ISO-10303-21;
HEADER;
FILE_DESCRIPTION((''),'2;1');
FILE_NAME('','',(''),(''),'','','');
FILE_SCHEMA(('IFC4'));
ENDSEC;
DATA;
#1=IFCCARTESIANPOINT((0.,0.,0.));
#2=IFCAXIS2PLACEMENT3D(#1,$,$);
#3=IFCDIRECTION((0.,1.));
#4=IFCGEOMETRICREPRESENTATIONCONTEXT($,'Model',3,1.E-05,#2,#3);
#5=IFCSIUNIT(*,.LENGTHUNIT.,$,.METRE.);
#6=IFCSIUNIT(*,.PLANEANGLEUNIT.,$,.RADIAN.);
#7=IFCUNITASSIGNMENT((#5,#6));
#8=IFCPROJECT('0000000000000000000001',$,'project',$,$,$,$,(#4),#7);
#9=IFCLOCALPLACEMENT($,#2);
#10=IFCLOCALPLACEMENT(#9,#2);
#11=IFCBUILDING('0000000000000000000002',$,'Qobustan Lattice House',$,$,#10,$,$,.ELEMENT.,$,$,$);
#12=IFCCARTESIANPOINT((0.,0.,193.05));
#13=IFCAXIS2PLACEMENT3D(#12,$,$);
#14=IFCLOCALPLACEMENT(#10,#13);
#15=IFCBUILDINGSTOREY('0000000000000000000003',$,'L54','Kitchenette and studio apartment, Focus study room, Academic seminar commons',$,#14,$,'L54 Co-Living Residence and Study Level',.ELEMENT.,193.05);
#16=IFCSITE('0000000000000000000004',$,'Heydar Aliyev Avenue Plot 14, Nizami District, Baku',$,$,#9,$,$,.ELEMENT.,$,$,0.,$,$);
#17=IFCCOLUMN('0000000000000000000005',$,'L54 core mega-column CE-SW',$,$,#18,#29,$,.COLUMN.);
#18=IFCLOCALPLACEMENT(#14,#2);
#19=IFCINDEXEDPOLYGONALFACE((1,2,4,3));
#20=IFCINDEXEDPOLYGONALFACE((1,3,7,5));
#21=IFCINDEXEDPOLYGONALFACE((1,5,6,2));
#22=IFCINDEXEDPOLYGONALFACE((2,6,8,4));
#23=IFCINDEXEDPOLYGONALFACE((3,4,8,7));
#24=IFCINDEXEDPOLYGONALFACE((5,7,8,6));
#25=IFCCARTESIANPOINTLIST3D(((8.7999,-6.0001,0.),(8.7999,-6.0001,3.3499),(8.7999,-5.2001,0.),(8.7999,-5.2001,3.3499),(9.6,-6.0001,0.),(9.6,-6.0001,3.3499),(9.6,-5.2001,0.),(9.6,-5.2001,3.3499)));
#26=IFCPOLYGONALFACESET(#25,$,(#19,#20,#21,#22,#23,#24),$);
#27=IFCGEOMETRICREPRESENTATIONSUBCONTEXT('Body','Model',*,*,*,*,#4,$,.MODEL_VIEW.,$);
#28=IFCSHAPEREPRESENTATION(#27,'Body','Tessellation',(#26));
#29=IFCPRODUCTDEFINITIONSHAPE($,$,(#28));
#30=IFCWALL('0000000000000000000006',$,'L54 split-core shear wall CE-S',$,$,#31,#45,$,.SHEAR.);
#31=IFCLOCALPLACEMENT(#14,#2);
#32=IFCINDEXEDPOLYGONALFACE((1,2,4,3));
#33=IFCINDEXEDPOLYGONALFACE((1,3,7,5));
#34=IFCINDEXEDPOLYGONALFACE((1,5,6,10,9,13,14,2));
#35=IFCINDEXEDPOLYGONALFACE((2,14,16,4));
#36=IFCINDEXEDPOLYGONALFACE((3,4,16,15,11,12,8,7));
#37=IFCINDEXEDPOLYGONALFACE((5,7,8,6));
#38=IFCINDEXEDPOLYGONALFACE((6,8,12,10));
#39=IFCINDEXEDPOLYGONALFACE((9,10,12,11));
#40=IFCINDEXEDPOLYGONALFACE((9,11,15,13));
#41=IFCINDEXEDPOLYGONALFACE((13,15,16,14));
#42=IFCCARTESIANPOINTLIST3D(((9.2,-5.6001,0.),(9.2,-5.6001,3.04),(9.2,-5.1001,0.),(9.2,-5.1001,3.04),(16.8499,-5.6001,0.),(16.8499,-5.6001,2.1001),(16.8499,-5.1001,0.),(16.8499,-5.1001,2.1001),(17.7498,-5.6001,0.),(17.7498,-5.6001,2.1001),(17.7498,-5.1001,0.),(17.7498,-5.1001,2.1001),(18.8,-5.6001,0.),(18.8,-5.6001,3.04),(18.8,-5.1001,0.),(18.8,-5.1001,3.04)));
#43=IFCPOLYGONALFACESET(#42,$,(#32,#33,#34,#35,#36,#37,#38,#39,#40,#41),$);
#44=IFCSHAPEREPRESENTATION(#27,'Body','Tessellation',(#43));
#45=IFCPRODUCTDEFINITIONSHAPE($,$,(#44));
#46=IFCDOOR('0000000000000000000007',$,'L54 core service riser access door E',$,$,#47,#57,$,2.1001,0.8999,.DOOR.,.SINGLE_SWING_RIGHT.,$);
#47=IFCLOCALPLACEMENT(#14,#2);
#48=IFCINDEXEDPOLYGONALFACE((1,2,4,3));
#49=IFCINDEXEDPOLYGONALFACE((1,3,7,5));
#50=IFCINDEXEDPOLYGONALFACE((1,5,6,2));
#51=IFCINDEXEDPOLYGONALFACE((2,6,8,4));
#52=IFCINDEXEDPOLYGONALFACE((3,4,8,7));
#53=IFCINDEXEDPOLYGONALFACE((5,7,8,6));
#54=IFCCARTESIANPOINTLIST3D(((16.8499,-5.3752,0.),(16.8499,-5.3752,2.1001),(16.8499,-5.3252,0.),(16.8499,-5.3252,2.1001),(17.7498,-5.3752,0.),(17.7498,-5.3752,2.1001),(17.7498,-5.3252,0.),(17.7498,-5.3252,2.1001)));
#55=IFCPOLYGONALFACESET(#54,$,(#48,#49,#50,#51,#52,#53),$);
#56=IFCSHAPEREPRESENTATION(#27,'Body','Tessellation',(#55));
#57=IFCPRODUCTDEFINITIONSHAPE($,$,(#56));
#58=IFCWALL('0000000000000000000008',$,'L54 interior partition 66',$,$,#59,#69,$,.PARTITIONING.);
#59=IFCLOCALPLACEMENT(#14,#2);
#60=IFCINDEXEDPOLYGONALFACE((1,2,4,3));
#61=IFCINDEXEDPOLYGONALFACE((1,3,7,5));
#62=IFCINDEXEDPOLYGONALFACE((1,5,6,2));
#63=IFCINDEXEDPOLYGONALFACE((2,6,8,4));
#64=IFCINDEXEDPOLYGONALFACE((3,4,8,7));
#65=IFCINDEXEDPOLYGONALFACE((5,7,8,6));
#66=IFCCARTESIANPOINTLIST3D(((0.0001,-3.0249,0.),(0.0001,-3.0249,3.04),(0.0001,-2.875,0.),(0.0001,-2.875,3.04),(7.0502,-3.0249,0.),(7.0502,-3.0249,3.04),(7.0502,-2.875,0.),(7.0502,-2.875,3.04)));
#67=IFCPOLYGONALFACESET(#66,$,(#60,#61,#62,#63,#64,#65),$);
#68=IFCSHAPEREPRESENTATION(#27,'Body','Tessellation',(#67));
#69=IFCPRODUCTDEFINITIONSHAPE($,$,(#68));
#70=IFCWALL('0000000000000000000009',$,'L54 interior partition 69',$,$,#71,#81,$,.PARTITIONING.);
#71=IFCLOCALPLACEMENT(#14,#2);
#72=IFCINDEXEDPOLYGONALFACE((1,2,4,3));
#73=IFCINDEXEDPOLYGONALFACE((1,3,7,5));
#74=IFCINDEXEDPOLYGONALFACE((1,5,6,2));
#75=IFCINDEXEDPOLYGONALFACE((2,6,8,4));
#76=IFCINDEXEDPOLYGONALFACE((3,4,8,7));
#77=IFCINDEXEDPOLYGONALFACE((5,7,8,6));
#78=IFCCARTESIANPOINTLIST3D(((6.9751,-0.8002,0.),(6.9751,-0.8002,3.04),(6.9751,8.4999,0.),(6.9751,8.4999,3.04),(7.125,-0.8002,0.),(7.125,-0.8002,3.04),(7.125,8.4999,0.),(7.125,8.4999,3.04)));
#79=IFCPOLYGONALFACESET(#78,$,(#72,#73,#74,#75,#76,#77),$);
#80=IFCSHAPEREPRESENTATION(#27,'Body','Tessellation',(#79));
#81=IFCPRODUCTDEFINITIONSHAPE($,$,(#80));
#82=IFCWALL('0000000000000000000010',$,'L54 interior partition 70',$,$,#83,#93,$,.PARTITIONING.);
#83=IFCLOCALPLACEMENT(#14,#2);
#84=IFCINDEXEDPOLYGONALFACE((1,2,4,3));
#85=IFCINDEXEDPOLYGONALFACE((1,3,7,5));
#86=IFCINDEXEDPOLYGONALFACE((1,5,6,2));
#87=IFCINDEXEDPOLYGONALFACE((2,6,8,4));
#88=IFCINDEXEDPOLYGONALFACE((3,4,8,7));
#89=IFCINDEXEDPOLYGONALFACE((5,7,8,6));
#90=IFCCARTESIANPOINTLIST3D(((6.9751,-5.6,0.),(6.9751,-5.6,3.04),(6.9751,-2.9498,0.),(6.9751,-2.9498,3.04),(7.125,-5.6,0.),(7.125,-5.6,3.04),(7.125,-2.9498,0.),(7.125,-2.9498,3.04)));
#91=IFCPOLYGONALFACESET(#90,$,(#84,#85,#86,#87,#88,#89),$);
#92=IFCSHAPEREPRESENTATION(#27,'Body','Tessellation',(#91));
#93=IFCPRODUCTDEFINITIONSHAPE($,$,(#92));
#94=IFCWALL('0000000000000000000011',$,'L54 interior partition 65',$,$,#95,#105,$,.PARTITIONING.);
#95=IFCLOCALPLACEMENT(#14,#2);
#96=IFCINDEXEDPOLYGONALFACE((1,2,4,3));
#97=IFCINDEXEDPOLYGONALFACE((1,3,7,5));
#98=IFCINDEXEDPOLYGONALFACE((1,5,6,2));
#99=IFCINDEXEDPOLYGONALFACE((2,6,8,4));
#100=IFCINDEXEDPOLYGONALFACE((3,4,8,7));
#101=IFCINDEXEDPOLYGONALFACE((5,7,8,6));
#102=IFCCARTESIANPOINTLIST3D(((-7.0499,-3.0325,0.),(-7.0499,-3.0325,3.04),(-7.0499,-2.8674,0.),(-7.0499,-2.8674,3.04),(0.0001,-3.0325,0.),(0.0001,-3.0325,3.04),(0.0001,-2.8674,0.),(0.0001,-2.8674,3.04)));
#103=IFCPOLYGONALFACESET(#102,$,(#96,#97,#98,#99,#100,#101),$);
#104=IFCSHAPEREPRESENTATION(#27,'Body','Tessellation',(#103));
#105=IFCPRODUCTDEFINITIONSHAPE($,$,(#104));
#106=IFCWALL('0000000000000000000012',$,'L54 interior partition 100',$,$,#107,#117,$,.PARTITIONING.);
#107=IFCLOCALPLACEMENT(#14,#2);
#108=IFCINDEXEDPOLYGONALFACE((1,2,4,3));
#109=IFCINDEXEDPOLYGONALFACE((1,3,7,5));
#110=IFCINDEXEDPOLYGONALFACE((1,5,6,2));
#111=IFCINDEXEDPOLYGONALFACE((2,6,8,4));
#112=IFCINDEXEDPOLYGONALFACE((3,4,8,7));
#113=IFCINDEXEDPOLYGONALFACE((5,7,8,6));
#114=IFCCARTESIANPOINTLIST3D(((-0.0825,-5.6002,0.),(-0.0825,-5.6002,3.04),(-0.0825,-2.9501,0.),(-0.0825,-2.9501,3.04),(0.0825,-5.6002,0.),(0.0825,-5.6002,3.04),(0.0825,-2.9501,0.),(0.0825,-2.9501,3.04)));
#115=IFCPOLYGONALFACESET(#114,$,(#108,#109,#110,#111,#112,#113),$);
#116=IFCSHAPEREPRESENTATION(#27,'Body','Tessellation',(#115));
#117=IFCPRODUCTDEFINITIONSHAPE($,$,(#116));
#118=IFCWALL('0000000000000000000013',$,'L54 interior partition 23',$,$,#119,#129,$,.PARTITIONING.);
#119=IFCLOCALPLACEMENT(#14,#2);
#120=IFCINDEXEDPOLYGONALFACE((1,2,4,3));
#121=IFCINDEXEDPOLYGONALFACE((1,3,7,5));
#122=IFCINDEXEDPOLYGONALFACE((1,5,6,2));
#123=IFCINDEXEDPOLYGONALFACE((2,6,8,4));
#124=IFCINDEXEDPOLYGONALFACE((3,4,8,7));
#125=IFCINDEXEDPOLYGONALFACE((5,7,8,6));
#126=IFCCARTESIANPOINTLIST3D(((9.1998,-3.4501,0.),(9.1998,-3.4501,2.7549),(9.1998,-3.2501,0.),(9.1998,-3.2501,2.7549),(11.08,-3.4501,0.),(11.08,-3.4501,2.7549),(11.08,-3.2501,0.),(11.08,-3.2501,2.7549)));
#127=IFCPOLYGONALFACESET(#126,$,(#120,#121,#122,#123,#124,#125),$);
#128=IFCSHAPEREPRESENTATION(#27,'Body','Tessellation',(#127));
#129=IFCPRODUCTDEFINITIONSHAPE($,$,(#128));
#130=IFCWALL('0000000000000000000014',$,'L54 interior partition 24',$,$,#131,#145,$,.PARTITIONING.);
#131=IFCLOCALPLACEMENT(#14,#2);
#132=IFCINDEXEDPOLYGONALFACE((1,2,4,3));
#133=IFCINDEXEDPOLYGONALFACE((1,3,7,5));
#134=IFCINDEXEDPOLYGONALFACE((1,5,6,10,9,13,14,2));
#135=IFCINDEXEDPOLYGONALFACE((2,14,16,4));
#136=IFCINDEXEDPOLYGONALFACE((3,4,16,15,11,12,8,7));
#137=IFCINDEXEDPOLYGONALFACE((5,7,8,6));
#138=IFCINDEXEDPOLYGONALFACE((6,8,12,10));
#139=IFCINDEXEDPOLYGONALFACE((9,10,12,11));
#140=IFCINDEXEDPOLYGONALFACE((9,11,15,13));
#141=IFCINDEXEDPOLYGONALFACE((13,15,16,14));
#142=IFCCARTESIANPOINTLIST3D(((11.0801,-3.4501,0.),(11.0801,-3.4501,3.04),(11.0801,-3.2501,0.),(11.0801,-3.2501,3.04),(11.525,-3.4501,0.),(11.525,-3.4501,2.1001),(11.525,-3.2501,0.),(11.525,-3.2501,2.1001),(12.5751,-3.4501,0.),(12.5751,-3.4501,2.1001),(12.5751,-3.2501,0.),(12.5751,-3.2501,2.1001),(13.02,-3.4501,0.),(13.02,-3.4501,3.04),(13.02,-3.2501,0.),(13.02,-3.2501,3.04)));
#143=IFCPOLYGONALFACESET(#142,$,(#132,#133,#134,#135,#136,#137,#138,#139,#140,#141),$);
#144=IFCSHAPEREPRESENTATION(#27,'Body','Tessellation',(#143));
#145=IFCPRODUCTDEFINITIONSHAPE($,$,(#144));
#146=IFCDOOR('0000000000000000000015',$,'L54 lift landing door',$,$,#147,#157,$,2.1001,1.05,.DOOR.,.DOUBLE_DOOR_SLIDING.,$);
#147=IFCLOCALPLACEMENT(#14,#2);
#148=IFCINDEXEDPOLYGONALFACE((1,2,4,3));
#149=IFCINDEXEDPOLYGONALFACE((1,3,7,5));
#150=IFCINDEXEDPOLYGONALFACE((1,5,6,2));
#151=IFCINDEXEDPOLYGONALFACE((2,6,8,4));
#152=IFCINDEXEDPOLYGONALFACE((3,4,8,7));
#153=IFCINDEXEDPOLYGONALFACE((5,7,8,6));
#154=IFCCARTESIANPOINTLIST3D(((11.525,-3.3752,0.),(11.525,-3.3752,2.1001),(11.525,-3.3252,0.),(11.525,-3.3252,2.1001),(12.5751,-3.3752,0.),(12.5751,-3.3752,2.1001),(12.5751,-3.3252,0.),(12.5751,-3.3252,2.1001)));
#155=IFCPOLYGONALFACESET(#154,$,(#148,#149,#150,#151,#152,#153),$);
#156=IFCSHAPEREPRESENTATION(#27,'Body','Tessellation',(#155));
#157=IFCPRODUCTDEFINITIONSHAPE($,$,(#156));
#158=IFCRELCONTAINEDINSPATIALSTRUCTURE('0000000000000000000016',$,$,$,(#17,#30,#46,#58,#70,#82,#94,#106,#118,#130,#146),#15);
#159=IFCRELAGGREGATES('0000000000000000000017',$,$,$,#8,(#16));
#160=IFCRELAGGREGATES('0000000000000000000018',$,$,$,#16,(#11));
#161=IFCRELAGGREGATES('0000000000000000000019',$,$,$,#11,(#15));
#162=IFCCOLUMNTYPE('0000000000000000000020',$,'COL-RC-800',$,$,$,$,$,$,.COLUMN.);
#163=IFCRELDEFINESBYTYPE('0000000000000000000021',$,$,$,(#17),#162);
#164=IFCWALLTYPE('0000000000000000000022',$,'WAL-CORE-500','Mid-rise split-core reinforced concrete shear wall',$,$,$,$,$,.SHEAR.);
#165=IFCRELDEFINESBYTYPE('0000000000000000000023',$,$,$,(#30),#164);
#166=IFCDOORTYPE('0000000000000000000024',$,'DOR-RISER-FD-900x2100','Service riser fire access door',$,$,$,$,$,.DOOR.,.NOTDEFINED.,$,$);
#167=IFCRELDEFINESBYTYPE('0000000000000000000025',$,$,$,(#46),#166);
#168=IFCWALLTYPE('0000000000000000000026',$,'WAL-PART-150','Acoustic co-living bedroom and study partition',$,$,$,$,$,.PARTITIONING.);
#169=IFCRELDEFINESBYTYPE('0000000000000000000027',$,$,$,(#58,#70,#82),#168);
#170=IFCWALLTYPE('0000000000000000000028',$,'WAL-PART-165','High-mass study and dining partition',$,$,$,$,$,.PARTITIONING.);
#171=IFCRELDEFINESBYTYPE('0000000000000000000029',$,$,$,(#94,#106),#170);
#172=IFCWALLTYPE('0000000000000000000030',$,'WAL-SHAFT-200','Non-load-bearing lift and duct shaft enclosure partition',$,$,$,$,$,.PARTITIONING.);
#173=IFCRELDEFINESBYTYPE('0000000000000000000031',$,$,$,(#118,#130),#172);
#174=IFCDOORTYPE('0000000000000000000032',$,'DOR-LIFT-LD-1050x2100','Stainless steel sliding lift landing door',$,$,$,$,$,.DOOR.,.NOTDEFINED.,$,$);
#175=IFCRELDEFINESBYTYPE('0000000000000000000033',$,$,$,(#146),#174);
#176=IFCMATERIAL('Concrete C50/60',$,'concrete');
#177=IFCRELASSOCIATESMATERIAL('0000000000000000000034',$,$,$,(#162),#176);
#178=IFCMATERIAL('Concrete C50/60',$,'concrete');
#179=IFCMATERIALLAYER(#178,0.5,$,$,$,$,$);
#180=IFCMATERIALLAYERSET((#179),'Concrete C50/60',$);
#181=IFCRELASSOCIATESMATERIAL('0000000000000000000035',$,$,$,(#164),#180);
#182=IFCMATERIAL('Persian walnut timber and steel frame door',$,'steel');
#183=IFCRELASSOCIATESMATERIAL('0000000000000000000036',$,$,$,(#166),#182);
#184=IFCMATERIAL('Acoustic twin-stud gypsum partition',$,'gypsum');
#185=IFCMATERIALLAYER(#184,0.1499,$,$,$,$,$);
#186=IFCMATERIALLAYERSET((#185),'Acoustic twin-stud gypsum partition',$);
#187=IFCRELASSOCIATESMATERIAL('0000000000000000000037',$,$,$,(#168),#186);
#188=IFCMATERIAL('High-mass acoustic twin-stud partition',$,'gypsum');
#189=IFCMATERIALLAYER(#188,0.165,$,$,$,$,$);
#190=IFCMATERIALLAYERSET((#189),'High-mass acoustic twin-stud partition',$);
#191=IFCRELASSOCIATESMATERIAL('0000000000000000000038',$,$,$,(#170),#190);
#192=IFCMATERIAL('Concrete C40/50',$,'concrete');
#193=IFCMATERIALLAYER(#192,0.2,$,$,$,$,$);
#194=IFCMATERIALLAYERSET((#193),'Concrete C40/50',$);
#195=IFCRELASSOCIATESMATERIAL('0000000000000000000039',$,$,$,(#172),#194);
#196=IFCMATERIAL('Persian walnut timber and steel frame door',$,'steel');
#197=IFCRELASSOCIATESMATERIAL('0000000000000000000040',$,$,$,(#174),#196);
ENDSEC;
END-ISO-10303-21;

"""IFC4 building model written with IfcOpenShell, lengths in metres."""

from ifc_helpers import new_model, si_unit, direction, frame, frame_2d, origin, origin_2d, place, context, subcontext, project, spatial, rectangle, extrude, material, layer, layer_set, material_profile, profile_set, type_object, element, fill, save


model = new_model("IFC4")

# Units and contexts
model_context = context("Model", 3, precision=1e-05, world=origin(), true_north=direction((0.0, 1.0)))
body_context = subcontext(model_context, "Body", "Model", "MODEL_VIEW")
ifc_project = project(units=[si_unit("LENGTHUNIT", "METRE"), si_unit("PLANEANGLEUNIT", "RADIAN")], contexts=[model_context])

# Site, building, storey
site_placement = place(None, origin())
site = spatial("IfcSite", under=ifc_project, at=site_placement, Name="Heydar Aliyev Avenue Plot 14, Nizami District, Baku", CompositionType="ELEMENT", RefElevation=0.0)
building_placement = place(site_placement, origin())
building = spatial("IfcBuilding", under=site, at=building_placement, Name="Qobustan Lattice House", CompositionType="ELEMENT")
storey_placement = place(building_placement, frame((0.0, 0.0, 193.05)))
storey = spatial("IfcBuildingStorey", under=building, at=storey_placement, Name="L54", Description="Kitchenette and studio apartment, Focus study room, Academic seminar commons", LongName="L54 Co-Living Residence and Study Level", CompositionType="ELEMENT", Elevation=193.05)

# Column
ifc_material_1 = material(Name="Concrete C50/60", Category="concrete")
ifc_material_profile = material_profile(ifc_material_1, rectangle(XDim=0.8, YDim=0.8, at=origin_2d()), Name="RC800x800")
ifc_profile_set = profile_set([ifc_material_profile], Name="Concrete C50/60")
column_type = type_object("IfcColumnType", Name="COL-RC-800", PredefinedType="COLUMN", material=ifc_profile_set)
column_placement = place(storey_placement, frame((9.2, -5.6001, 0.0), z_axis=(0.0, 0.0, 1.0), x_axis=(1.0, 0.0, 0.0)))
element("IfcColumn", 1, at=column_placement, inside=storey, type_object=column_type, Name="L54 core mega-column CE-SW", PredefinedType="COLUMN", context=body_context, shape_type="SweptSolid", body=[
    extrude(rectangle(XDim=0.8, YDim=0.8, at=origin_2d()), origin(), (0.0, 0.0, 1.0), 3.3499),
])

# Wall, opening, door
ifc_material_2 = material(Name="Concrete C50/60", Category="concrete")
ifc_layer_1 = layer(ifc_material_2, 0.5)
ifc_layer_set_1 = layer_set([ifc_layer_1], Name="Concrete C50/60")
wall_type_1 = type_object("IfcWallType", Name="WAL-CORE-500", Description="Mid-rise split-core reinforced concrete shear wall", PredefinedType="SHEAR", material=ifc_layer_set_1)
wall_1_placement = place(storey_placement, frame((9.2, -5.3501, 0.0), z_axis=(0.0, 0.0, 1.0), x_axis=(1.0, 0.0, 0.0)))
wall_1 = element("IfcWall", 2, at=wall_1_placement, inside=storey, type_object=wall_type_1, Name="L54 split-core shear wall CE-S", PredefinedType="SHEAR", context=body_context, shape_type="SweptSolid", body=[
    extrude(rectangle(XDim=9.6001, YDim=0.5, at=frame_2d((4.8, 0.0))), origin(), (0.0, 0.0, 1.0), 3.04),
])
opening_1_placement = place(wall_1_placement, frame((7.6499, 0.0, 0.0)))
opening_1 = element("IfcOpeningElement", 3, at=opening_1_placement, cuts=wall_1, PredefinedType="OPENING", context=body_context, shape_type="SweptSolid", body=[
    extrude(rectangle(XDim=0.8999, YDim=2.1001, at=frame_2d((0.45, 1.05))), frame((0.0, 0.26, 0.0), z_axis=(0.0, -1.0, 0.0), x_axis=(1.0, 0.0, 0.0)), (0.0, 0.0, 1.0), 0.52),
])
ifc_material_3 = material(Name="Persian walnut timber and steel frame door", Category="steel")
door_type_1 = type_object("IfcDoorType", Name="DOR-RISER-FD-900x2100", Description="Service riser fire access door", OperationType="NOTDEFINED", PredefinedType="DOOR", material=ifc_material_3)
door_1_placement = place(opening_1_placement, origin())
door_1 = element("IfcDoor", 4, at=door_1_placement, inside=storey, type_object=door_type_1, Name="L54 core service riser access door E", OperationType="SINGLE_SWING_RIGHT", OverallHeight=2.1001, OverallWidth=0.8999, PredefinedType="DOOR", context=body_context, shape_type="SweptSolid", body=[
    extrude(rectangle(XDim=0.8999, YDim=2.1001, at=frame_2d((0.45, 1.05))), frame((0.0, 0.0249, 0.0), z_axis=(0.0, -1.0, 0.0), x_axis=(1.0, 0.0, 0.0)), (0.0, 0.0, 1.0), 0.05),
])
fill(opening_1, door_1)

# Walls
ifc_material_4 = material(Name="Acoustic twin-stud gypsum partition", Category="gypsum")
ifc_layer_2 = layer(ifc_material_4, 0.1499)
ifc_layer_set_2 = layer_set([ifc_layer_2], Name="Acoustic twin-stud gypsum partition")
wall_type_2 = type_object("IfcWallType", Name="WAL-PART-150", Description="Acoustic co-living bedroom and study partition", PredefinedType="PARTITIONING", material=ifc_layer_set_2)
wall_2_placement = place(storey_placement, frame((7.05, -2.95, 0.0), z_axis=(0.0, 0.0, 1.0), x_axis=(-1.0, 0.0, 0.0)))
element("IfcWall", 5, at=wall_2_placement, inside=storey, type_object=wall_type_2, Name="L54 interior partition 66", PredefinedType="PARTITIONING", context=body_context, shape_type="SweptSolid", body=[
    extrude(rectangle(XDim=7.05, YDim=0.1499, at=frame_2d((3.5249, 0.0))), origin(), (0.0, 0.0, 1.0), 3.04),
])
wall_3_placement = place(storey_placement, frame((7.05, -0.8, 0.0), z_axis=(0.0, 0.0, 1.0), x_axis=(0.0, 1.0, 0.0)))
element("IfcWall", 6, at=wall_3_placement, inside=storey, type_object=wall_type_2, Name="L54 interior partition 69", PredefinedType="PARTITIONING", context=body_context, shape_type="SweptSolid", body=[
    extrude(rectangle(XDim=9.3, YDim=0.1499, at=frame_2d((4.6499, 0.0))), origin(), (0.0, 0.0, 1.0), 3.04),
])
wall_4_placement = place(storey_placement, frame((7.05, -5.6001, 0.0), z_axis=(0.0, 0.0, 1.0), x_axis=(0.0, 1.0, 0.0)))
element("IfcWall", 7, at=wall_4_placement, inside=storey, type_object=wall_type_2, Name="L54 interior partition 70", PredefinedType="PARTITIONING", context=body_context, shape_type="SweptSolid", body=[
    extrude(rectangle(XDim=2.6501, YDim=0.1499, at=frame_2d((1.3252, 0.0))), origin(), (0.0, 0.0, 1.0), 3.04),
])
ifc_material_5 = material(Name="High-mass acoustic twin-stud partition", Category="gypsum")
ifc_layer_3 = layer(ifc_material_5, 0.165)
ifc_layer_set_3 = layer_set([ifc_layer_3], Name="High-mass acoustic twin-stud partition")
wall_type_3 = type_object("IfcWallType", Name="WAL-PART-165", Description="High-mass study and dining partition", PredefinedType="PARTITIONING", material=ifc_layer_set_3)
wall_5_placement = place(storey_placement, frame((0.0, -2.95, 0.0), z_axis=(0.0, 0.0, 1.0), x_axis=(-1.0, 0.0, 0.0)))
element("IfcWall", 8, at=wall_5_placement, inside=storey, type_object=wall_type_3, Name="L54 interior partition 65", PredefinedType="PARTITIONING", context=body_context, shape_type="SweptSolid", body=[
    extrude(rectangle(XDim=7.05, YDim=0.165, at=frame_2d((3.5249, 0.0))), origin(), (0.0, 0.0, 1.0), 3.04),
])
wall_6_placement = place(storey_placement, frame((0.0, -2.95, 0.0), z_axis=(0.0, 0.0, 1.0), x_axis=(0.0, -1.0, 0.0)))
element("IfcWall", 9, at=wall_6_placement, inside=storey, type_object=wall_type_3, Name="L54 interior partition 100", PredefinedType="PARTITIONING", context=body_context, shape_type="SweptSolid", body=[
    extrude(rectangle(XDim=2.6501, YDim=0.165, at=frame_2d((1.3252, 0.0))), origin(), (0.0, 0.0, 1.0), 3.04),
])
ifc_material_6 = material(Name="Concrete C40/50", Category="concrete")
ifc_layer_4 = layer(ifc_material_6, 0.2)
ifc_layer_set_4 = layer_set([ifc_layer_4], Name="Concrete C40/50")
wall_type_4 = type_object("IfcWallType", Name="WAL-SHAFT-200", Description="Non-load-bearing lift and duct shaft enclosure partition", PredefinedType="PARTITIONING", material=ifc_layer_set_4)
wall_7_placement = place(storey_placement, frame((9.2, -3.3501, 0.0), z_axis=(0.0, 0.0, 1.0), x_axis=(1.0, 0.0, 0.0)))
element("IfcWall", 10, at=wall_7_placement, inside=storey, type_object=wall_type_4, Name="L54 interior partition 23", PredefinedType="PARTITIONING", context=body_context, shape_type="SweptSolid", body=[
    extrude(rectangle(XDim=1.8801, YDim=0.2, at=frame_2d((0.9399, 0.0))), origin(), (0.0, 0.0, 1.0), 2.7549),
])

# Wall, opening, door
wall_8_placement = place(storey_placement, frame((11.0801, -3.3501, 0.0), z_axis=(0.0, 0.0, 1.0), x_axis=(1.0, 0.0, 0.0)))
wall_8 = element("IfcWall", 11, at=wall_8_placement, inside=storey, type_object=wall_type_4, Name="L54 interior partition 24", PredefinedType="PARTITIONING", context=body_context, shape_type="SweptSolid", body=[
    extrude(rectangle(XDim=1.9399, YDim=0.2, at=frame_2d((0.97, 0.0))), origin(), (0.0, 0.0, 1.0), 3.04),
])
opening_2_placement = place(wall_8_placement, frame((0.4451, 0.0, 0.0)))
opening_2 = element("IfcOpeningElement", 12, at=opening_2_placement, cuts=wall_8, PredefinedType="OPENING", context=body_context, shape_type="SweptSolid", body=[
    extrude(rectangle(XDim=1.05, YDim=2.1001, at=frame_2d((0.5249, 1.05))), frame((0.0, 0.1099, 0.0), z_axis=(0.0, -1.0, 0.0), x_axis=(1.0, 0.0, 0.0)), (0.0, 0.0, 1.0), 0.22),
])
ifc_material_7 = material(Name="Persian walnut timber and steel frame door", Category="steel")
door_type_2 = type_object("IfcDoorType", Name="DOR-LIFT-LD-1050x2100", Description="Stainless steel sliding lift landing door", OperationType="NOTDEFINED", PredefinedType="DOOR", material=ifc_material_7)
door_2_placement = place(opening_2_placement, origin())
door_2 = element("IfcDoor", 13, at=door_2_placement, inside=storey, type_object=door_type_2, Name="L54 lift landing door", OperationType="DOUBLE_DOOR_SLIDING", OverallHeight=2.1001, OverallWidth=1.05, PredefinedType="DOOR", context=body_context, shape_type="SweptSolid", body=[
    extrude(rectangle(XDim=1.05, YDim=2.1001, at=frame_2d((0.5249, 1.05))), frame((0.0, 0.0249, 0.0), z_axis=(0.0, -1.0, 0.0), x_axis=(1.0, 0.0, 0.0)), (0.0, 0.0, 1.0), 0.05),
])
fill(opening_2, door_2)

save(model, "model.ifc")
